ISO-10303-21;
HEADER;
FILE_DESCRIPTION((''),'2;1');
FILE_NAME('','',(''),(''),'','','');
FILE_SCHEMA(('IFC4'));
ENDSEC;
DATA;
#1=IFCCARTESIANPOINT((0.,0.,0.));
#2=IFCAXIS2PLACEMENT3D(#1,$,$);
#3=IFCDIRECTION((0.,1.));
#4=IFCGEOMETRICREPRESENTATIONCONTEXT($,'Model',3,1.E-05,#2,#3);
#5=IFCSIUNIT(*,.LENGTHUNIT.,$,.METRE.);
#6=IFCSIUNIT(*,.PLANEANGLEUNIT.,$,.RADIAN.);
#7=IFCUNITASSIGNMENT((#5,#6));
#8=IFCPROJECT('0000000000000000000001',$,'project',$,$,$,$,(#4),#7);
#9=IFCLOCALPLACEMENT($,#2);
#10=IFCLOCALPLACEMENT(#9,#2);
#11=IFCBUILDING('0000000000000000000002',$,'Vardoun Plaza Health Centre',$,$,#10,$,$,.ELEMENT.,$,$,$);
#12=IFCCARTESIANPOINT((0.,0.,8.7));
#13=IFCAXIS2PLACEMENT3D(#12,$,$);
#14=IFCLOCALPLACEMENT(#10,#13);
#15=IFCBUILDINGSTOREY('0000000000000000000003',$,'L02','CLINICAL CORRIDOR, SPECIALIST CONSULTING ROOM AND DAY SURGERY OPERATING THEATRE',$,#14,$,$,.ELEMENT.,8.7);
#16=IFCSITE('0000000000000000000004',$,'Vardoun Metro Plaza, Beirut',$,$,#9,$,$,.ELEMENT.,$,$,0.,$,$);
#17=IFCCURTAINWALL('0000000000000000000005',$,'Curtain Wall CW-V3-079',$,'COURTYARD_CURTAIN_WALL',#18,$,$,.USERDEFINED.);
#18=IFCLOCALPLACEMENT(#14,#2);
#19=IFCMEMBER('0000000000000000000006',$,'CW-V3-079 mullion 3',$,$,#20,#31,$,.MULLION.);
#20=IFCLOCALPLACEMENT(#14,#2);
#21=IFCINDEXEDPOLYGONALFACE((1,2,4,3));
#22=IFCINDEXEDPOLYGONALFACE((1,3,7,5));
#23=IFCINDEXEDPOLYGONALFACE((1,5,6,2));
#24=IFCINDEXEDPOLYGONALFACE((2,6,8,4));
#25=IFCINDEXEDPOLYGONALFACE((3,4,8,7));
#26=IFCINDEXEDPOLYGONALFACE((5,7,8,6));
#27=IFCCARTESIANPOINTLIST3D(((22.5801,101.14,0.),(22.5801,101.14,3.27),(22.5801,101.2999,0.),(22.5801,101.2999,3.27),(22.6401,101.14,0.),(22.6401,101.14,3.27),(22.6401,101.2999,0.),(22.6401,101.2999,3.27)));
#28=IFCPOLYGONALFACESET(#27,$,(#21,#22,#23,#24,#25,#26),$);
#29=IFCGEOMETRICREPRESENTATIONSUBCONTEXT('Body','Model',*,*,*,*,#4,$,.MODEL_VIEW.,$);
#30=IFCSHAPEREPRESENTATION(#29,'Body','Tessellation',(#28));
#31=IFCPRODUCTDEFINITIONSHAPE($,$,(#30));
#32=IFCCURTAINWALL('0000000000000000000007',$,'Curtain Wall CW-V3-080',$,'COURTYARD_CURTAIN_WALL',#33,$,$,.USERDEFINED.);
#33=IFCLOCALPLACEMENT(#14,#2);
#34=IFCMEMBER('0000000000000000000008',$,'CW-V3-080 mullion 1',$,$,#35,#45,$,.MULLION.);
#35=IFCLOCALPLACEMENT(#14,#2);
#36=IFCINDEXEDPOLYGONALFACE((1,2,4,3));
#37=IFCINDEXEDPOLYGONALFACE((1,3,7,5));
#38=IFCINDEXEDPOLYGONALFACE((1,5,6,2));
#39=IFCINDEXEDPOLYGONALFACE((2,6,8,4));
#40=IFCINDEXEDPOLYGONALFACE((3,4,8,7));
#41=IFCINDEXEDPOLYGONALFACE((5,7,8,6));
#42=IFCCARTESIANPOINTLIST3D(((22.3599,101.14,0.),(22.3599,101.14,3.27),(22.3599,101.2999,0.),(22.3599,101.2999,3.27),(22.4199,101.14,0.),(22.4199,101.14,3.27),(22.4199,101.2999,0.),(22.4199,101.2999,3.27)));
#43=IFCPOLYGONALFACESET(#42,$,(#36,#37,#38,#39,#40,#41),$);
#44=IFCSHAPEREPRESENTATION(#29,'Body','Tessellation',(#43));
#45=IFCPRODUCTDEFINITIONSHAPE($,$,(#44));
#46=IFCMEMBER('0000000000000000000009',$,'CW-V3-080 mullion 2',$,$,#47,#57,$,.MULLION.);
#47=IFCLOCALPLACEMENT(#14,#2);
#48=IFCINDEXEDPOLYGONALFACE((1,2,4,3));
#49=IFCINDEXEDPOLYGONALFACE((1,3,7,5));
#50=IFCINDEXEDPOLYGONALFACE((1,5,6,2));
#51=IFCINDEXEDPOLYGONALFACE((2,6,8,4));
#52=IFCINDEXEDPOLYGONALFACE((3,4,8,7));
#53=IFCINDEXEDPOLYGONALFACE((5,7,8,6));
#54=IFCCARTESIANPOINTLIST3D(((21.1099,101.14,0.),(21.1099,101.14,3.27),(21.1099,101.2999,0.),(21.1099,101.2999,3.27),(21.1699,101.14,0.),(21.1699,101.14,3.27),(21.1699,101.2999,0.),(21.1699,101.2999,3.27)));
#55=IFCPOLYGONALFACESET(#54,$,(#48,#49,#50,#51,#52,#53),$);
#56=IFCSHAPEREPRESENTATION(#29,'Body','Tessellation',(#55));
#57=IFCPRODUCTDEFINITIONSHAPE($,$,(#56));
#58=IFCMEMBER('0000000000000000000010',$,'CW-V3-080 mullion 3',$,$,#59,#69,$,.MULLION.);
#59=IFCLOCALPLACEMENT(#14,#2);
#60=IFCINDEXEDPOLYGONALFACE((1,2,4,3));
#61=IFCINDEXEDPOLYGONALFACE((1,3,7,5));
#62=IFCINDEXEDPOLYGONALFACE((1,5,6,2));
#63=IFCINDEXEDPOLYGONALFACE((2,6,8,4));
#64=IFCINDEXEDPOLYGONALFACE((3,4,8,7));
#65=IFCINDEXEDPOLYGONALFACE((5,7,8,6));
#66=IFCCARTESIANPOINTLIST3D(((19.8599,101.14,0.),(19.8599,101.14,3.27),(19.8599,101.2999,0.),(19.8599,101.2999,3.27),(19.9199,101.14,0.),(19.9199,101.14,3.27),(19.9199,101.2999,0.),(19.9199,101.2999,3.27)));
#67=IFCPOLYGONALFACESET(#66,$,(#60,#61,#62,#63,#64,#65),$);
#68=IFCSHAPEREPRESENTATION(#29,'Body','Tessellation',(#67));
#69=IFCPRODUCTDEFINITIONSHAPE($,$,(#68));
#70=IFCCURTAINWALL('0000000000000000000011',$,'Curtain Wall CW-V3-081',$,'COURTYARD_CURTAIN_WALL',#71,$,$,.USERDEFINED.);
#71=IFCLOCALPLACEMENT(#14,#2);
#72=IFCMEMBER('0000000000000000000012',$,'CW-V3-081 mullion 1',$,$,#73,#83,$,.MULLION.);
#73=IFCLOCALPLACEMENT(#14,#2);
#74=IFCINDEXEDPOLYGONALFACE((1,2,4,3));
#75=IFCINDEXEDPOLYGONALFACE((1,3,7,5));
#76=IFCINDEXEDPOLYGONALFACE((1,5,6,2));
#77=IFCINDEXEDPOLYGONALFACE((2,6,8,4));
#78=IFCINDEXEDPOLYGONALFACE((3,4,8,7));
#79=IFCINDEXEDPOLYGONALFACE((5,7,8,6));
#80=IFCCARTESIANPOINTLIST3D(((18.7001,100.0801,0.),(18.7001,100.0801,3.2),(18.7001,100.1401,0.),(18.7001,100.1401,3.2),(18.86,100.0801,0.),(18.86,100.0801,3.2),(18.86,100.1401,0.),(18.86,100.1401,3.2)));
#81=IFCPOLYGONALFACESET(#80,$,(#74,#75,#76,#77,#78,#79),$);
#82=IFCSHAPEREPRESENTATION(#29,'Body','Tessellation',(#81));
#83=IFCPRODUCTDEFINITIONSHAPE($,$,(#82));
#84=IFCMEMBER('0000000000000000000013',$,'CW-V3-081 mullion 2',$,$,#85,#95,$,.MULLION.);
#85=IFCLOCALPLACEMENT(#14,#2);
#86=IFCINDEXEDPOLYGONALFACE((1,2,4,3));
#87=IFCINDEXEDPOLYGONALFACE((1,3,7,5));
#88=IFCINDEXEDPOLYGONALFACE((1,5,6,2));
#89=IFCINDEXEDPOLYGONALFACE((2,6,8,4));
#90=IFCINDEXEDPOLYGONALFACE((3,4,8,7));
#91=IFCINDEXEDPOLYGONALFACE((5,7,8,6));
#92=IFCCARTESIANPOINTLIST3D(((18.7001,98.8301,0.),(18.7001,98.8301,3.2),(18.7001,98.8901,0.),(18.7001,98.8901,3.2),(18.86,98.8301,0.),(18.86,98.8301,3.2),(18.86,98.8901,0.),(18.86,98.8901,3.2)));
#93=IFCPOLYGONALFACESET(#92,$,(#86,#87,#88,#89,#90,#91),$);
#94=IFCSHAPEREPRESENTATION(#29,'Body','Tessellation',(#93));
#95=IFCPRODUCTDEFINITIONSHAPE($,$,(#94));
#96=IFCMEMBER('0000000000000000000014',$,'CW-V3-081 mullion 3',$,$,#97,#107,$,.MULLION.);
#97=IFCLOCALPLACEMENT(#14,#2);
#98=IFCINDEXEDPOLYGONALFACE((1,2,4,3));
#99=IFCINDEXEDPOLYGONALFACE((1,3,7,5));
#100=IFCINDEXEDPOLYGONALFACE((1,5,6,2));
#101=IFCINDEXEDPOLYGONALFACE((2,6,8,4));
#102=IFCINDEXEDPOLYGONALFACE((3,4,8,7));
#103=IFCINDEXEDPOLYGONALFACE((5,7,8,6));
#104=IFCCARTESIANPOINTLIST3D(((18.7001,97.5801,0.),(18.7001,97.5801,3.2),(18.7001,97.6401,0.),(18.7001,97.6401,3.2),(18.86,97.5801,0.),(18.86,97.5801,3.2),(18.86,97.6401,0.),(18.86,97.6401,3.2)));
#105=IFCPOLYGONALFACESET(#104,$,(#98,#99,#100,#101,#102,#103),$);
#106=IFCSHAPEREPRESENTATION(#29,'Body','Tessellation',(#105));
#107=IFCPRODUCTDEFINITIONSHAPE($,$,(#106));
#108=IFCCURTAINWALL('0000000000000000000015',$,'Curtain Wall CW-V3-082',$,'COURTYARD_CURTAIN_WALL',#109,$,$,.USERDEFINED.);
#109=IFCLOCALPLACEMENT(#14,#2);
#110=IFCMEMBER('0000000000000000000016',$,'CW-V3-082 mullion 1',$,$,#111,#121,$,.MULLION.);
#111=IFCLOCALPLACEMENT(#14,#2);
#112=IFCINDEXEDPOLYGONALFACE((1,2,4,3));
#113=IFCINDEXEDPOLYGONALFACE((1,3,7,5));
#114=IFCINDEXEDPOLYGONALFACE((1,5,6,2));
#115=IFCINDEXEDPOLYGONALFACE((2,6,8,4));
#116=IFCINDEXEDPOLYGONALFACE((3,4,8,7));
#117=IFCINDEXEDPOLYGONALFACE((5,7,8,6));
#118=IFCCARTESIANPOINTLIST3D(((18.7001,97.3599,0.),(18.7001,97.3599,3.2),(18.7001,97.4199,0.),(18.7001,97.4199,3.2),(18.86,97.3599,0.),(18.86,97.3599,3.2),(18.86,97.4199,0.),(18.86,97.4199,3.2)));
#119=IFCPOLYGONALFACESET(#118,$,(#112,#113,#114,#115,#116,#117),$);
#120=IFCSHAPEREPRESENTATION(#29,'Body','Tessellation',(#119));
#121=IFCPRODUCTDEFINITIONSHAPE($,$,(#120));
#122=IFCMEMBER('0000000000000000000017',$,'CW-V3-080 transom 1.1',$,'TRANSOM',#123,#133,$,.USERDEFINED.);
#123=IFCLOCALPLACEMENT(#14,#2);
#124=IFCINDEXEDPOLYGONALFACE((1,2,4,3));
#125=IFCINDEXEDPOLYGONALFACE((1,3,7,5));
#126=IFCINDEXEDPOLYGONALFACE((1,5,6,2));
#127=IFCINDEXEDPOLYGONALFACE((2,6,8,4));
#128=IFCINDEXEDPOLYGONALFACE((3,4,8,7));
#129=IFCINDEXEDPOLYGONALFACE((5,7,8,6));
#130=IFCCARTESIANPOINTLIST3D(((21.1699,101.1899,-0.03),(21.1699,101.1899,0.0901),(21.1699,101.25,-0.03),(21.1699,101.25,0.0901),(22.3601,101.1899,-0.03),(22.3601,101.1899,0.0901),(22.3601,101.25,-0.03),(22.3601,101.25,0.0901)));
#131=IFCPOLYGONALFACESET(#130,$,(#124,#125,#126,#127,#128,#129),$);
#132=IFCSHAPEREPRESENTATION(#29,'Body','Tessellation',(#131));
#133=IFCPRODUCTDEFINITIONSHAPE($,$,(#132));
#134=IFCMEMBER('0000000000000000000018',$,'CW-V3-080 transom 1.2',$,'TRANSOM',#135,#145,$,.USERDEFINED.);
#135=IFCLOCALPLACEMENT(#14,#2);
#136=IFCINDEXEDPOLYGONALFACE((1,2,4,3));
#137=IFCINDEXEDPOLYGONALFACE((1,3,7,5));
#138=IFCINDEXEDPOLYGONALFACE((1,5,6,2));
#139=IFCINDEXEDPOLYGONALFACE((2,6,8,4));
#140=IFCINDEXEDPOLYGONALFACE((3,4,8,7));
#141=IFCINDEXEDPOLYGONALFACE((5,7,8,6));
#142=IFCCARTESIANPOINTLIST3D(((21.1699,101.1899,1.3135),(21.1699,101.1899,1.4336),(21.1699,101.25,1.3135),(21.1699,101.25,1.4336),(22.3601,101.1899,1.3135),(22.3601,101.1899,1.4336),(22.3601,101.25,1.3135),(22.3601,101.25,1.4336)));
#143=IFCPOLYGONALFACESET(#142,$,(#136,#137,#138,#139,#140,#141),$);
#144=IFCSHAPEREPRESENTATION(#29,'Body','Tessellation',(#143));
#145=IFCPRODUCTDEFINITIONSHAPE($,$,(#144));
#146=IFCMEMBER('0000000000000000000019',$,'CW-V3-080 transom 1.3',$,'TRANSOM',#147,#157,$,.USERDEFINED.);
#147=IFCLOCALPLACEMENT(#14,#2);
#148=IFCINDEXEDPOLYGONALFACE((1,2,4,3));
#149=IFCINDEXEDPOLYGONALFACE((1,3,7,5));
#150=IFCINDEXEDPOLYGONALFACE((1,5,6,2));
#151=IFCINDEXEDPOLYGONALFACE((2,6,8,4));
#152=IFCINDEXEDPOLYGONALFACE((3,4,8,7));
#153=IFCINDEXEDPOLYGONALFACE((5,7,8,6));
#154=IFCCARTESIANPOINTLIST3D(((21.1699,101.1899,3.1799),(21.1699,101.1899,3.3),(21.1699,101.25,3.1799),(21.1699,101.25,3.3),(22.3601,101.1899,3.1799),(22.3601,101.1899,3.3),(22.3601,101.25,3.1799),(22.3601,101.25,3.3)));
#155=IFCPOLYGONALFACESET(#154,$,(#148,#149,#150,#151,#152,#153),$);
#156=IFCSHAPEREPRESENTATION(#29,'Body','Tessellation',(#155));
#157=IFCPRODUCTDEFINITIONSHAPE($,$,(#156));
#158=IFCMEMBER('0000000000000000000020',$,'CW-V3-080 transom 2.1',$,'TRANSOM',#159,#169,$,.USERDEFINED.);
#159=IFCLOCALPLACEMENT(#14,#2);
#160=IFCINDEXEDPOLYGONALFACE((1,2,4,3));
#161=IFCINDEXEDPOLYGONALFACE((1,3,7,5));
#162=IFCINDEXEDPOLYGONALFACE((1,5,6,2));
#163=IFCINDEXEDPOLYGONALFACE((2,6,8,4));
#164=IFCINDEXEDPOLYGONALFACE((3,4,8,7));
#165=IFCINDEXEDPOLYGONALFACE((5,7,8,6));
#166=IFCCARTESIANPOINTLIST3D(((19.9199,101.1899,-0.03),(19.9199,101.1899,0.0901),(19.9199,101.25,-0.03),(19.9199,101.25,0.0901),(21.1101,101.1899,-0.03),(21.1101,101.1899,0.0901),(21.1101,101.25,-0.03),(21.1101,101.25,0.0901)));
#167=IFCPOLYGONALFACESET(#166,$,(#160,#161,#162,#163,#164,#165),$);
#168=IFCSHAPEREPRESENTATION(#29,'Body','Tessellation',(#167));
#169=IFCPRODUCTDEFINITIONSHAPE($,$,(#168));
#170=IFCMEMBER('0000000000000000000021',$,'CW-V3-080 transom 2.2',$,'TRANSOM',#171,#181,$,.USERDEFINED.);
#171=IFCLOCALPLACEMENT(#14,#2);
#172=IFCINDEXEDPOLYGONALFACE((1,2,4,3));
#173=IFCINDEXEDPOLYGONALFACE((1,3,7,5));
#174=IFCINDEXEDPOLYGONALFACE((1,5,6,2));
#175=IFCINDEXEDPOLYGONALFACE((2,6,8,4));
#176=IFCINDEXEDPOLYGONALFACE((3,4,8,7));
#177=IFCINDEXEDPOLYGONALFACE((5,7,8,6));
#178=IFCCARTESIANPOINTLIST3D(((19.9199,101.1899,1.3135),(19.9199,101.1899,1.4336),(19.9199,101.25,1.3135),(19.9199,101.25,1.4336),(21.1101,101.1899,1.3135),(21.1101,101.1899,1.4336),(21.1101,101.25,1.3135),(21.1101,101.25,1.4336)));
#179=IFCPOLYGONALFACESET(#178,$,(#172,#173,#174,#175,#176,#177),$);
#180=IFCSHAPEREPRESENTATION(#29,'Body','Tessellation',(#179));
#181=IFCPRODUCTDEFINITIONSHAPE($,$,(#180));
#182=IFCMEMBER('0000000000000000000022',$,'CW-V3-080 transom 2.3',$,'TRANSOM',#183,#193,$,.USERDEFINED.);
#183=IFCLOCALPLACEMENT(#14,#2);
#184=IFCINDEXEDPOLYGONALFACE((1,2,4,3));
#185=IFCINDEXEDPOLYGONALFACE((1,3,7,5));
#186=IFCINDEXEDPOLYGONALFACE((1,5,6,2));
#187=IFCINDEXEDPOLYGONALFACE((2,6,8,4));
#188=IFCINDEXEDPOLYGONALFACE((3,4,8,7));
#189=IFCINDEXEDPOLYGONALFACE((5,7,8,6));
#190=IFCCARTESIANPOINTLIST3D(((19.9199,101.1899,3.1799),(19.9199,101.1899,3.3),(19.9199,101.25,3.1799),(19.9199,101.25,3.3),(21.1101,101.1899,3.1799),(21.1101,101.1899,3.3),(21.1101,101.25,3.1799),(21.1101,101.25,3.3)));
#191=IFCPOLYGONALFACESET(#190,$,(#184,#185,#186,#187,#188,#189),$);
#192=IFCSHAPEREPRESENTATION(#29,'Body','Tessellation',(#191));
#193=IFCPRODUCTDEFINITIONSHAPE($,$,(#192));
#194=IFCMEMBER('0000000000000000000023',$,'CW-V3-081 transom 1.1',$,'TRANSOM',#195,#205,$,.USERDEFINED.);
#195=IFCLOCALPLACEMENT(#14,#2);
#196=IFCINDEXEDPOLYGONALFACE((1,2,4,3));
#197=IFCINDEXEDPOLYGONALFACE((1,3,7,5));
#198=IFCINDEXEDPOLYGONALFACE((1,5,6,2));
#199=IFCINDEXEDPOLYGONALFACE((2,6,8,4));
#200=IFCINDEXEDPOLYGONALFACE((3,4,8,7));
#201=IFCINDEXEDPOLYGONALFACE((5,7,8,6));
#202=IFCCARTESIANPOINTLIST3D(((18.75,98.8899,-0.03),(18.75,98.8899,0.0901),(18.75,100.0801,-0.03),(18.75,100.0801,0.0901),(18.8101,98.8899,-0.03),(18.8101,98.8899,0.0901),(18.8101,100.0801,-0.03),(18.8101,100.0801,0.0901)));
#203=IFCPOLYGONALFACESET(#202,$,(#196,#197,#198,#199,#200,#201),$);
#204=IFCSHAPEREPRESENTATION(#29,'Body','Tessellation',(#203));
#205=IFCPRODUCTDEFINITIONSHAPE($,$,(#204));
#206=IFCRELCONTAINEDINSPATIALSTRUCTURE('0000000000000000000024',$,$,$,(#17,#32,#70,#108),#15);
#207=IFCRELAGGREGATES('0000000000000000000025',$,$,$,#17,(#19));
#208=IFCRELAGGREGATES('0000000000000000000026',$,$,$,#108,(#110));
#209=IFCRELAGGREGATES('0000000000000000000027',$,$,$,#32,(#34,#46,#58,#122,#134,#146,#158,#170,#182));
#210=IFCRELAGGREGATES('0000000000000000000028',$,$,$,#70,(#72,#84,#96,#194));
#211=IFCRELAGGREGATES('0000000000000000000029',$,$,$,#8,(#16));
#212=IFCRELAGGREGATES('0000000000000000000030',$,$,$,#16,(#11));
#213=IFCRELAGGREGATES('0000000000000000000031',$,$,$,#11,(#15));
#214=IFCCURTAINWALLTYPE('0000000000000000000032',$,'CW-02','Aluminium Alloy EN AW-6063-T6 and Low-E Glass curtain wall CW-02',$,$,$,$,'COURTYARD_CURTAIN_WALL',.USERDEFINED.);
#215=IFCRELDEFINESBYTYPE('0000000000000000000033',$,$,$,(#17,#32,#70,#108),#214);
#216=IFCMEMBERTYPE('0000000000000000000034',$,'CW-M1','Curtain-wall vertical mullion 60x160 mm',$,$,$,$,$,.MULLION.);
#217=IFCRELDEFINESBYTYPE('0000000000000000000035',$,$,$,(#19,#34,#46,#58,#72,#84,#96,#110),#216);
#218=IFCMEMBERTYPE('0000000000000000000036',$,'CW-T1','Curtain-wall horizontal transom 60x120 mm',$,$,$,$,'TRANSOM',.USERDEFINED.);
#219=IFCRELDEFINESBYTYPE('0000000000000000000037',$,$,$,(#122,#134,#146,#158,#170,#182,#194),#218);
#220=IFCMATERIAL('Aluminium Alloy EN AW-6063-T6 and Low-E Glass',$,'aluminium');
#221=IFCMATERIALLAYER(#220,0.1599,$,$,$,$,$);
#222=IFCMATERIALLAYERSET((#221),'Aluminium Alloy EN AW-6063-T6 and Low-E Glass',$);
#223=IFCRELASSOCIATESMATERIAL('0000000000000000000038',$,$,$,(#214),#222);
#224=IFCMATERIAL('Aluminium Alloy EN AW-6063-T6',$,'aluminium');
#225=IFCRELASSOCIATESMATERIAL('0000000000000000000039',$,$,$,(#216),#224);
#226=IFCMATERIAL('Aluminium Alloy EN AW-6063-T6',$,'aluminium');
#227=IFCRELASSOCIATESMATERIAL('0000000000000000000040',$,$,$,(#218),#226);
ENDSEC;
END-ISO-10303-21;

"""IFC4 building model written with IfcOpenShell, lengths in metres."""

from ifc_helpers import new_model, si_unit, direction, frame, origin, origin_2d, place, context, subcontext, project, spatial, rectangle, extrude, material, layer, layer_set, material_profile, profile_set, type_object, element, aggregate, save


model = new_model("IFC4")

# Units and contexts
model_context = context("Model", 3, precision=1e-05, world=origin(), true_north=direction((0.0, 1.0)))
body_context = subcontext(model_context, "Body", "Model", "MODEL_VIEW")
ifc_project = project(units=[si_unit("LENGTHUNIT", "METRE"), si_unit("PLANEANGLEUNIT", "RADIAN")], contexts=[model_context])

# Site, building, storey
site_placement = place(None, origin())
site = spatial("IfcSite", under=ifc_project, at=site_placement, Name="Vardoun Metro Plaza, Beirut", CompositionType="ELEMENT", RefElevation=0.0)
building_placement = place(site_placement, origin())
building = spatial("IfcBuilding", under=site, at=building_placement, Name="Vardoun Plaza Health Centre", CompositionType="ELEMENT")
storey_placement = place(building_placement, frame((0.0, 0.0, 8.7)))
storey = spatial("IfcBuildingStorey", under=building, at=storey_placement, Name="L02", Description="CLINICAL CORRIDOR, SPECIALIST CONSULTING ROOM AND DAY SURGERY OPERATING THEATRE", CompositionType="ELEMENT", Elevation=8.7)

# Curtain wall, member
ifc_material_1 = material(Name="Aluminium Alloy EN AW-6063-T6 and Low-E Glass", Category="aluminium")
ifc_layer_1 = layer(ifc_material_1, 0.1599)
ifc_layer_set_1 = layer_set([ifc_layer_1], Name="Aluminium Alloy EN AW-6063-T6 and Low-E Glass")
curtain_wall_type = type_object("IfcCurtainWallType", Name="CW-02", Description="Aluminium Alloy EN AW-6063-T6 and Low-E Glass curtain wall CW-02", ElementType="COURTYARD_CURTAIN_WALL", PredefinedType="USERDEFINED", material=ifc_layer_set_1)
curtain_wall_1_placement = place(storey_placement, origin())
curtain_wall_1 = element("IfcCurtainWall", 1, at=curtain_wall_1_placement, inside=storey, type_object=curtain_wall_type, Name="Curtain Wall CW-V3-079", ObjectType="COURTYARD_CURTAIN_WALL", PredefinedType="USERDEFINED")
ifc_material_2 = material(Name="Aluminium Alloy EN AW-6063-T6", Category="aluminium")
ifc_material_profile_1 = material_profile(ifc_material_2, rectangle(XDim=0.1599, YDim=0.0601, at=origin_2d()), Name="CWM 60x160")
ifc_profile_set_1 = profile_set([ifc_material_profile_1], Name="Aluminium Alloy EN AW-6063-T6")
member_type_1 = type_object("IfcMemberType", Name="CW-M1", Description="Curtain-wall vertical mullion 60x160 mm", PredefinedType="MULLION", material=ifc_profile_set_1)
member_1_placement = place(storey_placement, frame((22.6101, 101.22, 0.0), z_axis=(0.0, 0.0, 1.0), x_axis=(0.0, -1.0, 0.0)))
member_1 = element("IfcMember", 2, at=member_1_placement, type_object=member_type_1, Name="CW-V3-079 mullion 3", PredefinedType="MULLION", context=body_context, shape_type="SweptSolid", body=[
    extrude(rectangle(XDim=0.1599, YDim=0.0601, at=origin_2d()), origin(), (0.0, 0.0, 1.0), 3.27),
])
aggregate(curtain_wall_1, [member_1])

# Curtain walls, members
curtain_wall_2_placement = place(storey_placement, origin())
curtain_wall_2 = element("IfcCurtainWall", 3, at=curtain_wall_2_placement, inside=storey, type_object=curtain_wall_type, Name="Curtain Wall CW-V3-080", ObjectType="COURTYARD_CURTAIN_WALL", PredefinedType="USERDEFINED")
member_2_placement = place(storey_placement, frame((22.3899, 101.22, 0.0), z_axis=(0.0, 0.0, 1.0), x_axis=(0.0, -1.0, 0.0)))
member_2 = element("IfcMember", 4, at=member_2_placement, type_object=member_type_1, Name="CW-V3-080 mullion 1", PredefinedType="MULLION", context=body_context, shape_type="SweptSolid", body=[
    extrude(rectangle(XDim=0.1599, YDim=0.0601, at=origin_2d()), origin(), (0.0, 0.0, 1.0), 3.27),
])
member_3_placement = place(storey_placement, frame((21.1399, 101.22, 0.0), z_axis=(0.0, 0.0, 1.0), x_axis=(0.0, -1.0, 0.0)))
member_3 = element("IfcMember", 5, at=member_3_placement, type_object=member_type_1, Name="CW-V3-080 mullion 2", PredefinedType="MULLION", context=body_context, shape_type="SweptSolid", body=[
    extrude(rectangle(XDim=0.1599, YDim=0.0601, at=origin_2d()), origin(), (0.0, 0.0, 1.0), 3.27),
])
member_4_placement = place(storey_placement, frame((19.8899, 101.22, 0.0), z_axis=(0.0, 0.0, 1.0), x_axis=(0.0, -1.0, 0.0)))
member_4 = element("IfcMember", 6, at=member_4_placement, type_object=member_type_1, Name="CW-V3-080 mullion 3", PredefinedType="MULLION", context=body_context, shape_type="SweptSolid", body=[
    extrude(rectangle(XDim=0.1599, YDim=0.0601, at=origin_2d()), origin(), (0.0, 0.0, 1.0), 3.27),
])
curtain_wall_3_placement = place(storey_placement, origin())
curtain_wall_3 = element("IfcCurtainWall", 7, at=curtain_wall_3_placement, inside=storey, type_object=curtain_wall_type, Name="Curtain Wall CW-V3-081", ObjectType="COURTYARD_CURTAIN_WALL", PredefinedType="USERDEFINED")
member_5_placement = place(storey_placement, frame((18.78, 100.1101, 0.0), z_axis=(0.0, 0.0, 1.0), x_axis=(1.0, 0.0, 0.0)))
member_5 = element("IfcMember", 8, at=member_5_placement, type_object=member_type_1, Name="CW-V3-081 mullion 1", PredefinedType="MULLION", context=body_context, shape_type="SweptSolid", body=[
    extrude(rectangle(XDim=0.1599, YDim=0.0601, at=origin_2d()), origin(), (0.0, 0.0, 1.0), 3.2),
])
member_6_placement = place(storey_placement, frame((18.78, 98.8601, 0.0), z_axis=(0.0, 0.0, 1.0), x_axis=(1.0, 0.0, 0.0)))
member_6 = element("IfcMember", 9, at=member_6_placement, type_object=member_type_1, Name="CW-V3-081 mullion 2", PredefinedType="MULLION", context=body_context, shape_type="SweptSolid", body=[
    extrude(rectangle(XDim=0.1599, YDim=0.0601, at=origin_2d()), origin(), (0.0, 0.0, 1.0), 3.2),
])
member_7_placement = place(storey_placement, frame((18.78, 97.6101, 0.0), z_axis=(0.0, 0.0, 1.0), x_axis=(1.0, 0.0, 0.0)))
member_7 = element("IfcMember", 10, at=member_7_placement, type_object=member_type_1, Name="CW-V3-081 mullion 3", PredefinedType="MULLION", context=body_context, shape_type="SweptSolid", body=[
    extrude(rectangle(XDim=0.1599, YDim=0.0601, at=origin_2d()), origin(), (0.0, 0.0, 1.0), 3.2),
])

# Curtain wall, member
curtain_wall_4_placement = place(storey_placement, origin())
curtain_wall_4 = element("IfcCurtainWall", 11, at=curtain_wall_4_placement, inside=storey, type_object=curtain_wall_type, Name="Curtain Wall CW-V3-082", ObjectType="COURTYARD_CURTAIN_WALL", PredefinedType="USERDEFINED")
member_8_placement = place(storey_placement, frame((18.78, 97.3899, 0.0), z_axis=(0.0, 0.0, 1.0), x_axis=(1.0, 0.0, 0.0)))
member_8 = element("IfcMember", 12, at=member_8_placement, type_object=member_type_1, Name="CW-V3-082 mullion 1", PredefinedType="MULLION", context=body_context, shape_type="SweptSolid", body=[
    extrude(rectangle(XDim=0.1599, YDim=0.0601, at=origin_2d()), origin(), (0.0, 0.0, 1.0), 3.2),
])
aggregate(curtain_wall_4, [member_8])

# Members
ifc_material_3 = material(Name="Aluminium Alloy EN AW-6063-T6", Category="aluminium")
ifc_material_profile_2 = material_profile(ifc_material_3, rectangle(XDim=0.0601, YDim=0.1201, at=origin_2d()), Name="CWT 60x120")
ifc_profile_set_2 = profile_set([ifc_material_profile_2], Name="Aluminium Alloy EN AW-6063-T6")
member_type_2 = type_object("IfcMemberType", Name="CW-T1", Description="Curtain-wall horizontal transom 60x120 mm", ElementType="TRANSOM", PredefinedType="USERDEFINED", material=ifc_profile_set_2)
member_9_placement = place(storey_placement, frame((22.3601, 101.22, 0.03), z_axis=(-1.0, 0.0, 0.0), x_axis=(0.0, -1.0, 0.0)))
member_9 = element("IfcMember", 13, at=member_9_placement, type_object=member_type_2, Name="CW-V3-080 transom 1.1", ObjectType="TRANSOM", PredefinedType="USERDEFINED", context=body_context, shape_type="SweptSolid", body=[
    extrude(rectangle(XDim=0.0601, YDim=0.1201, at=origin_2d()), origin(), (0.0, 0.0, 1.0), 1.1902),
])
member_10_placement = place(storey_placement, frame((22.3601, 101.22, 1.3735), z_axis=(-1.0, 0.0, 0.0), x_axis=(0.0, -1.0, 0.0)))
member_10 = element("IfcMember", 14, at=member_10_placement, type_object=member_type_2, Name="CW-V3-080 transom 1.2", ObjectType="TRANSOM", PredefinedType="USERDEFINED", context=body_context, shape_type="SweptSolid", body=[
    extrude(rectangle(XDim=0.0601, YDim=0.1201, at=origin_2d()), origin(), (0.0, 0.0, 1.0), 1.1902),
])
member_11_placement = place(storey_placement, frame((22.3601, 101.22, 3.24), z_axis=(-1.0, 0.0, 0.0), x_axis=(0.0, -1.0, 0.0)))
member_11 = element("IfcMember", 15, at=member_11_placement, type_object=member_type_2, Name="CW-V3-080 transom 1.3", ObjectType="TRANSOM", PredefinedType="USERDEFINED", context=body_context, shape_type="SweptSolid", body=[
    extrude(rectangle(XDim=0.0601, YDim=0.1201, at=origin_2d()), origin(), (0.0, 0.0, 1.0), 1.1902),
])
member_12_placement = place(storey_placement, frame((21.1101, 101.22, 0.03), z_axis=(-1.0, 0.0, 0.0), x_axis=(0.0, -1.0, 0.0)))
member_12 = element("IfcMember", 16, at=member_12_placement, type_object=member_type_2, Name="CW-V3-080 transom 2.1", ObjectType="TRANSOM", PredefinedType="USERDEFINED", context=body_context, shape_type="SweptSolid", body=[
    extrude(rectangle(XDim=0.0601, YDim=0.1201, at=origin_2d()), origin(), (0.0, 0.0, 1.0), 1.1902),
])
member_13_placement = place(storey_placement, frame((21.1101, 101.22, 1.3735), z_axis=(-1.0, 0.0, 0.0), x_axis=(0.0, -1.0, 0.0)))
member_13 = element("IfcMember", 17, at=member_13_placement, type_object=member_type_2, Name="CW-V3-080 transom 2.2", ObjectType="TRANSOM", PredefinedType="USERDEFINED", context=body_context, shape_type="SweptSolid", body=[
    extrude(rectangle(XDim=0.0601, YDim=0.1201, at=origin_2d()), origin(), (0.0, 0.0, 1.0), 1.1902),
])
member_14_placement = place(storey_placement, frame((21.1101, 101.22, 3.24), z_axis=(-1.0, 0.0, 0.0), x_axis=(0.0, -1.0, 0.0)))
member_14 = element("IfcMember", 18, at=member_14_placement, type_object=member_type_2, Name="CW-V3-080 transom 2.3", ObjectType="TRANSOM", PredefinedType="USERDEFINED", context=body_context, shape_type="SweptSolid", body=[
    extrude(rectangle(XDim=0.0601, YDim=0.1201, at=origin_2d()), origin(), (0.0, 0.0, 1.0), 1.1902),
])
member_15_placement = place(storey_placement, frame((18.78, 100.0801, 0.03), z_axis=(0.0, -1.0, 0.0), x_axis=(1.0, 0.0, 0.0)))
member_15 = element("IfcMember", 19, at=member_15_placement, type_object=member_type_2, Name="CW-V3-081 transom 1.1", ObjectType="TRANSOM", PredefinedType="USERDEFINED", context=body_context, shape_type="SweptSolid", body=[
    extrude(rectangle(XDim=0.0601, YDim=0.1201, at=origin_2d()), origin(), (0.0, 0.0, 1.0), 1.1902),
])

aggregate(curtain_wall_2, [member_2, member_3, member_4, member_9, member_10, member_11, member_12, member_13, member_14])
aggregate(curtain_wall_3, [member_5, member_6, member_7, member_15])

save(model, "model.ifc")
